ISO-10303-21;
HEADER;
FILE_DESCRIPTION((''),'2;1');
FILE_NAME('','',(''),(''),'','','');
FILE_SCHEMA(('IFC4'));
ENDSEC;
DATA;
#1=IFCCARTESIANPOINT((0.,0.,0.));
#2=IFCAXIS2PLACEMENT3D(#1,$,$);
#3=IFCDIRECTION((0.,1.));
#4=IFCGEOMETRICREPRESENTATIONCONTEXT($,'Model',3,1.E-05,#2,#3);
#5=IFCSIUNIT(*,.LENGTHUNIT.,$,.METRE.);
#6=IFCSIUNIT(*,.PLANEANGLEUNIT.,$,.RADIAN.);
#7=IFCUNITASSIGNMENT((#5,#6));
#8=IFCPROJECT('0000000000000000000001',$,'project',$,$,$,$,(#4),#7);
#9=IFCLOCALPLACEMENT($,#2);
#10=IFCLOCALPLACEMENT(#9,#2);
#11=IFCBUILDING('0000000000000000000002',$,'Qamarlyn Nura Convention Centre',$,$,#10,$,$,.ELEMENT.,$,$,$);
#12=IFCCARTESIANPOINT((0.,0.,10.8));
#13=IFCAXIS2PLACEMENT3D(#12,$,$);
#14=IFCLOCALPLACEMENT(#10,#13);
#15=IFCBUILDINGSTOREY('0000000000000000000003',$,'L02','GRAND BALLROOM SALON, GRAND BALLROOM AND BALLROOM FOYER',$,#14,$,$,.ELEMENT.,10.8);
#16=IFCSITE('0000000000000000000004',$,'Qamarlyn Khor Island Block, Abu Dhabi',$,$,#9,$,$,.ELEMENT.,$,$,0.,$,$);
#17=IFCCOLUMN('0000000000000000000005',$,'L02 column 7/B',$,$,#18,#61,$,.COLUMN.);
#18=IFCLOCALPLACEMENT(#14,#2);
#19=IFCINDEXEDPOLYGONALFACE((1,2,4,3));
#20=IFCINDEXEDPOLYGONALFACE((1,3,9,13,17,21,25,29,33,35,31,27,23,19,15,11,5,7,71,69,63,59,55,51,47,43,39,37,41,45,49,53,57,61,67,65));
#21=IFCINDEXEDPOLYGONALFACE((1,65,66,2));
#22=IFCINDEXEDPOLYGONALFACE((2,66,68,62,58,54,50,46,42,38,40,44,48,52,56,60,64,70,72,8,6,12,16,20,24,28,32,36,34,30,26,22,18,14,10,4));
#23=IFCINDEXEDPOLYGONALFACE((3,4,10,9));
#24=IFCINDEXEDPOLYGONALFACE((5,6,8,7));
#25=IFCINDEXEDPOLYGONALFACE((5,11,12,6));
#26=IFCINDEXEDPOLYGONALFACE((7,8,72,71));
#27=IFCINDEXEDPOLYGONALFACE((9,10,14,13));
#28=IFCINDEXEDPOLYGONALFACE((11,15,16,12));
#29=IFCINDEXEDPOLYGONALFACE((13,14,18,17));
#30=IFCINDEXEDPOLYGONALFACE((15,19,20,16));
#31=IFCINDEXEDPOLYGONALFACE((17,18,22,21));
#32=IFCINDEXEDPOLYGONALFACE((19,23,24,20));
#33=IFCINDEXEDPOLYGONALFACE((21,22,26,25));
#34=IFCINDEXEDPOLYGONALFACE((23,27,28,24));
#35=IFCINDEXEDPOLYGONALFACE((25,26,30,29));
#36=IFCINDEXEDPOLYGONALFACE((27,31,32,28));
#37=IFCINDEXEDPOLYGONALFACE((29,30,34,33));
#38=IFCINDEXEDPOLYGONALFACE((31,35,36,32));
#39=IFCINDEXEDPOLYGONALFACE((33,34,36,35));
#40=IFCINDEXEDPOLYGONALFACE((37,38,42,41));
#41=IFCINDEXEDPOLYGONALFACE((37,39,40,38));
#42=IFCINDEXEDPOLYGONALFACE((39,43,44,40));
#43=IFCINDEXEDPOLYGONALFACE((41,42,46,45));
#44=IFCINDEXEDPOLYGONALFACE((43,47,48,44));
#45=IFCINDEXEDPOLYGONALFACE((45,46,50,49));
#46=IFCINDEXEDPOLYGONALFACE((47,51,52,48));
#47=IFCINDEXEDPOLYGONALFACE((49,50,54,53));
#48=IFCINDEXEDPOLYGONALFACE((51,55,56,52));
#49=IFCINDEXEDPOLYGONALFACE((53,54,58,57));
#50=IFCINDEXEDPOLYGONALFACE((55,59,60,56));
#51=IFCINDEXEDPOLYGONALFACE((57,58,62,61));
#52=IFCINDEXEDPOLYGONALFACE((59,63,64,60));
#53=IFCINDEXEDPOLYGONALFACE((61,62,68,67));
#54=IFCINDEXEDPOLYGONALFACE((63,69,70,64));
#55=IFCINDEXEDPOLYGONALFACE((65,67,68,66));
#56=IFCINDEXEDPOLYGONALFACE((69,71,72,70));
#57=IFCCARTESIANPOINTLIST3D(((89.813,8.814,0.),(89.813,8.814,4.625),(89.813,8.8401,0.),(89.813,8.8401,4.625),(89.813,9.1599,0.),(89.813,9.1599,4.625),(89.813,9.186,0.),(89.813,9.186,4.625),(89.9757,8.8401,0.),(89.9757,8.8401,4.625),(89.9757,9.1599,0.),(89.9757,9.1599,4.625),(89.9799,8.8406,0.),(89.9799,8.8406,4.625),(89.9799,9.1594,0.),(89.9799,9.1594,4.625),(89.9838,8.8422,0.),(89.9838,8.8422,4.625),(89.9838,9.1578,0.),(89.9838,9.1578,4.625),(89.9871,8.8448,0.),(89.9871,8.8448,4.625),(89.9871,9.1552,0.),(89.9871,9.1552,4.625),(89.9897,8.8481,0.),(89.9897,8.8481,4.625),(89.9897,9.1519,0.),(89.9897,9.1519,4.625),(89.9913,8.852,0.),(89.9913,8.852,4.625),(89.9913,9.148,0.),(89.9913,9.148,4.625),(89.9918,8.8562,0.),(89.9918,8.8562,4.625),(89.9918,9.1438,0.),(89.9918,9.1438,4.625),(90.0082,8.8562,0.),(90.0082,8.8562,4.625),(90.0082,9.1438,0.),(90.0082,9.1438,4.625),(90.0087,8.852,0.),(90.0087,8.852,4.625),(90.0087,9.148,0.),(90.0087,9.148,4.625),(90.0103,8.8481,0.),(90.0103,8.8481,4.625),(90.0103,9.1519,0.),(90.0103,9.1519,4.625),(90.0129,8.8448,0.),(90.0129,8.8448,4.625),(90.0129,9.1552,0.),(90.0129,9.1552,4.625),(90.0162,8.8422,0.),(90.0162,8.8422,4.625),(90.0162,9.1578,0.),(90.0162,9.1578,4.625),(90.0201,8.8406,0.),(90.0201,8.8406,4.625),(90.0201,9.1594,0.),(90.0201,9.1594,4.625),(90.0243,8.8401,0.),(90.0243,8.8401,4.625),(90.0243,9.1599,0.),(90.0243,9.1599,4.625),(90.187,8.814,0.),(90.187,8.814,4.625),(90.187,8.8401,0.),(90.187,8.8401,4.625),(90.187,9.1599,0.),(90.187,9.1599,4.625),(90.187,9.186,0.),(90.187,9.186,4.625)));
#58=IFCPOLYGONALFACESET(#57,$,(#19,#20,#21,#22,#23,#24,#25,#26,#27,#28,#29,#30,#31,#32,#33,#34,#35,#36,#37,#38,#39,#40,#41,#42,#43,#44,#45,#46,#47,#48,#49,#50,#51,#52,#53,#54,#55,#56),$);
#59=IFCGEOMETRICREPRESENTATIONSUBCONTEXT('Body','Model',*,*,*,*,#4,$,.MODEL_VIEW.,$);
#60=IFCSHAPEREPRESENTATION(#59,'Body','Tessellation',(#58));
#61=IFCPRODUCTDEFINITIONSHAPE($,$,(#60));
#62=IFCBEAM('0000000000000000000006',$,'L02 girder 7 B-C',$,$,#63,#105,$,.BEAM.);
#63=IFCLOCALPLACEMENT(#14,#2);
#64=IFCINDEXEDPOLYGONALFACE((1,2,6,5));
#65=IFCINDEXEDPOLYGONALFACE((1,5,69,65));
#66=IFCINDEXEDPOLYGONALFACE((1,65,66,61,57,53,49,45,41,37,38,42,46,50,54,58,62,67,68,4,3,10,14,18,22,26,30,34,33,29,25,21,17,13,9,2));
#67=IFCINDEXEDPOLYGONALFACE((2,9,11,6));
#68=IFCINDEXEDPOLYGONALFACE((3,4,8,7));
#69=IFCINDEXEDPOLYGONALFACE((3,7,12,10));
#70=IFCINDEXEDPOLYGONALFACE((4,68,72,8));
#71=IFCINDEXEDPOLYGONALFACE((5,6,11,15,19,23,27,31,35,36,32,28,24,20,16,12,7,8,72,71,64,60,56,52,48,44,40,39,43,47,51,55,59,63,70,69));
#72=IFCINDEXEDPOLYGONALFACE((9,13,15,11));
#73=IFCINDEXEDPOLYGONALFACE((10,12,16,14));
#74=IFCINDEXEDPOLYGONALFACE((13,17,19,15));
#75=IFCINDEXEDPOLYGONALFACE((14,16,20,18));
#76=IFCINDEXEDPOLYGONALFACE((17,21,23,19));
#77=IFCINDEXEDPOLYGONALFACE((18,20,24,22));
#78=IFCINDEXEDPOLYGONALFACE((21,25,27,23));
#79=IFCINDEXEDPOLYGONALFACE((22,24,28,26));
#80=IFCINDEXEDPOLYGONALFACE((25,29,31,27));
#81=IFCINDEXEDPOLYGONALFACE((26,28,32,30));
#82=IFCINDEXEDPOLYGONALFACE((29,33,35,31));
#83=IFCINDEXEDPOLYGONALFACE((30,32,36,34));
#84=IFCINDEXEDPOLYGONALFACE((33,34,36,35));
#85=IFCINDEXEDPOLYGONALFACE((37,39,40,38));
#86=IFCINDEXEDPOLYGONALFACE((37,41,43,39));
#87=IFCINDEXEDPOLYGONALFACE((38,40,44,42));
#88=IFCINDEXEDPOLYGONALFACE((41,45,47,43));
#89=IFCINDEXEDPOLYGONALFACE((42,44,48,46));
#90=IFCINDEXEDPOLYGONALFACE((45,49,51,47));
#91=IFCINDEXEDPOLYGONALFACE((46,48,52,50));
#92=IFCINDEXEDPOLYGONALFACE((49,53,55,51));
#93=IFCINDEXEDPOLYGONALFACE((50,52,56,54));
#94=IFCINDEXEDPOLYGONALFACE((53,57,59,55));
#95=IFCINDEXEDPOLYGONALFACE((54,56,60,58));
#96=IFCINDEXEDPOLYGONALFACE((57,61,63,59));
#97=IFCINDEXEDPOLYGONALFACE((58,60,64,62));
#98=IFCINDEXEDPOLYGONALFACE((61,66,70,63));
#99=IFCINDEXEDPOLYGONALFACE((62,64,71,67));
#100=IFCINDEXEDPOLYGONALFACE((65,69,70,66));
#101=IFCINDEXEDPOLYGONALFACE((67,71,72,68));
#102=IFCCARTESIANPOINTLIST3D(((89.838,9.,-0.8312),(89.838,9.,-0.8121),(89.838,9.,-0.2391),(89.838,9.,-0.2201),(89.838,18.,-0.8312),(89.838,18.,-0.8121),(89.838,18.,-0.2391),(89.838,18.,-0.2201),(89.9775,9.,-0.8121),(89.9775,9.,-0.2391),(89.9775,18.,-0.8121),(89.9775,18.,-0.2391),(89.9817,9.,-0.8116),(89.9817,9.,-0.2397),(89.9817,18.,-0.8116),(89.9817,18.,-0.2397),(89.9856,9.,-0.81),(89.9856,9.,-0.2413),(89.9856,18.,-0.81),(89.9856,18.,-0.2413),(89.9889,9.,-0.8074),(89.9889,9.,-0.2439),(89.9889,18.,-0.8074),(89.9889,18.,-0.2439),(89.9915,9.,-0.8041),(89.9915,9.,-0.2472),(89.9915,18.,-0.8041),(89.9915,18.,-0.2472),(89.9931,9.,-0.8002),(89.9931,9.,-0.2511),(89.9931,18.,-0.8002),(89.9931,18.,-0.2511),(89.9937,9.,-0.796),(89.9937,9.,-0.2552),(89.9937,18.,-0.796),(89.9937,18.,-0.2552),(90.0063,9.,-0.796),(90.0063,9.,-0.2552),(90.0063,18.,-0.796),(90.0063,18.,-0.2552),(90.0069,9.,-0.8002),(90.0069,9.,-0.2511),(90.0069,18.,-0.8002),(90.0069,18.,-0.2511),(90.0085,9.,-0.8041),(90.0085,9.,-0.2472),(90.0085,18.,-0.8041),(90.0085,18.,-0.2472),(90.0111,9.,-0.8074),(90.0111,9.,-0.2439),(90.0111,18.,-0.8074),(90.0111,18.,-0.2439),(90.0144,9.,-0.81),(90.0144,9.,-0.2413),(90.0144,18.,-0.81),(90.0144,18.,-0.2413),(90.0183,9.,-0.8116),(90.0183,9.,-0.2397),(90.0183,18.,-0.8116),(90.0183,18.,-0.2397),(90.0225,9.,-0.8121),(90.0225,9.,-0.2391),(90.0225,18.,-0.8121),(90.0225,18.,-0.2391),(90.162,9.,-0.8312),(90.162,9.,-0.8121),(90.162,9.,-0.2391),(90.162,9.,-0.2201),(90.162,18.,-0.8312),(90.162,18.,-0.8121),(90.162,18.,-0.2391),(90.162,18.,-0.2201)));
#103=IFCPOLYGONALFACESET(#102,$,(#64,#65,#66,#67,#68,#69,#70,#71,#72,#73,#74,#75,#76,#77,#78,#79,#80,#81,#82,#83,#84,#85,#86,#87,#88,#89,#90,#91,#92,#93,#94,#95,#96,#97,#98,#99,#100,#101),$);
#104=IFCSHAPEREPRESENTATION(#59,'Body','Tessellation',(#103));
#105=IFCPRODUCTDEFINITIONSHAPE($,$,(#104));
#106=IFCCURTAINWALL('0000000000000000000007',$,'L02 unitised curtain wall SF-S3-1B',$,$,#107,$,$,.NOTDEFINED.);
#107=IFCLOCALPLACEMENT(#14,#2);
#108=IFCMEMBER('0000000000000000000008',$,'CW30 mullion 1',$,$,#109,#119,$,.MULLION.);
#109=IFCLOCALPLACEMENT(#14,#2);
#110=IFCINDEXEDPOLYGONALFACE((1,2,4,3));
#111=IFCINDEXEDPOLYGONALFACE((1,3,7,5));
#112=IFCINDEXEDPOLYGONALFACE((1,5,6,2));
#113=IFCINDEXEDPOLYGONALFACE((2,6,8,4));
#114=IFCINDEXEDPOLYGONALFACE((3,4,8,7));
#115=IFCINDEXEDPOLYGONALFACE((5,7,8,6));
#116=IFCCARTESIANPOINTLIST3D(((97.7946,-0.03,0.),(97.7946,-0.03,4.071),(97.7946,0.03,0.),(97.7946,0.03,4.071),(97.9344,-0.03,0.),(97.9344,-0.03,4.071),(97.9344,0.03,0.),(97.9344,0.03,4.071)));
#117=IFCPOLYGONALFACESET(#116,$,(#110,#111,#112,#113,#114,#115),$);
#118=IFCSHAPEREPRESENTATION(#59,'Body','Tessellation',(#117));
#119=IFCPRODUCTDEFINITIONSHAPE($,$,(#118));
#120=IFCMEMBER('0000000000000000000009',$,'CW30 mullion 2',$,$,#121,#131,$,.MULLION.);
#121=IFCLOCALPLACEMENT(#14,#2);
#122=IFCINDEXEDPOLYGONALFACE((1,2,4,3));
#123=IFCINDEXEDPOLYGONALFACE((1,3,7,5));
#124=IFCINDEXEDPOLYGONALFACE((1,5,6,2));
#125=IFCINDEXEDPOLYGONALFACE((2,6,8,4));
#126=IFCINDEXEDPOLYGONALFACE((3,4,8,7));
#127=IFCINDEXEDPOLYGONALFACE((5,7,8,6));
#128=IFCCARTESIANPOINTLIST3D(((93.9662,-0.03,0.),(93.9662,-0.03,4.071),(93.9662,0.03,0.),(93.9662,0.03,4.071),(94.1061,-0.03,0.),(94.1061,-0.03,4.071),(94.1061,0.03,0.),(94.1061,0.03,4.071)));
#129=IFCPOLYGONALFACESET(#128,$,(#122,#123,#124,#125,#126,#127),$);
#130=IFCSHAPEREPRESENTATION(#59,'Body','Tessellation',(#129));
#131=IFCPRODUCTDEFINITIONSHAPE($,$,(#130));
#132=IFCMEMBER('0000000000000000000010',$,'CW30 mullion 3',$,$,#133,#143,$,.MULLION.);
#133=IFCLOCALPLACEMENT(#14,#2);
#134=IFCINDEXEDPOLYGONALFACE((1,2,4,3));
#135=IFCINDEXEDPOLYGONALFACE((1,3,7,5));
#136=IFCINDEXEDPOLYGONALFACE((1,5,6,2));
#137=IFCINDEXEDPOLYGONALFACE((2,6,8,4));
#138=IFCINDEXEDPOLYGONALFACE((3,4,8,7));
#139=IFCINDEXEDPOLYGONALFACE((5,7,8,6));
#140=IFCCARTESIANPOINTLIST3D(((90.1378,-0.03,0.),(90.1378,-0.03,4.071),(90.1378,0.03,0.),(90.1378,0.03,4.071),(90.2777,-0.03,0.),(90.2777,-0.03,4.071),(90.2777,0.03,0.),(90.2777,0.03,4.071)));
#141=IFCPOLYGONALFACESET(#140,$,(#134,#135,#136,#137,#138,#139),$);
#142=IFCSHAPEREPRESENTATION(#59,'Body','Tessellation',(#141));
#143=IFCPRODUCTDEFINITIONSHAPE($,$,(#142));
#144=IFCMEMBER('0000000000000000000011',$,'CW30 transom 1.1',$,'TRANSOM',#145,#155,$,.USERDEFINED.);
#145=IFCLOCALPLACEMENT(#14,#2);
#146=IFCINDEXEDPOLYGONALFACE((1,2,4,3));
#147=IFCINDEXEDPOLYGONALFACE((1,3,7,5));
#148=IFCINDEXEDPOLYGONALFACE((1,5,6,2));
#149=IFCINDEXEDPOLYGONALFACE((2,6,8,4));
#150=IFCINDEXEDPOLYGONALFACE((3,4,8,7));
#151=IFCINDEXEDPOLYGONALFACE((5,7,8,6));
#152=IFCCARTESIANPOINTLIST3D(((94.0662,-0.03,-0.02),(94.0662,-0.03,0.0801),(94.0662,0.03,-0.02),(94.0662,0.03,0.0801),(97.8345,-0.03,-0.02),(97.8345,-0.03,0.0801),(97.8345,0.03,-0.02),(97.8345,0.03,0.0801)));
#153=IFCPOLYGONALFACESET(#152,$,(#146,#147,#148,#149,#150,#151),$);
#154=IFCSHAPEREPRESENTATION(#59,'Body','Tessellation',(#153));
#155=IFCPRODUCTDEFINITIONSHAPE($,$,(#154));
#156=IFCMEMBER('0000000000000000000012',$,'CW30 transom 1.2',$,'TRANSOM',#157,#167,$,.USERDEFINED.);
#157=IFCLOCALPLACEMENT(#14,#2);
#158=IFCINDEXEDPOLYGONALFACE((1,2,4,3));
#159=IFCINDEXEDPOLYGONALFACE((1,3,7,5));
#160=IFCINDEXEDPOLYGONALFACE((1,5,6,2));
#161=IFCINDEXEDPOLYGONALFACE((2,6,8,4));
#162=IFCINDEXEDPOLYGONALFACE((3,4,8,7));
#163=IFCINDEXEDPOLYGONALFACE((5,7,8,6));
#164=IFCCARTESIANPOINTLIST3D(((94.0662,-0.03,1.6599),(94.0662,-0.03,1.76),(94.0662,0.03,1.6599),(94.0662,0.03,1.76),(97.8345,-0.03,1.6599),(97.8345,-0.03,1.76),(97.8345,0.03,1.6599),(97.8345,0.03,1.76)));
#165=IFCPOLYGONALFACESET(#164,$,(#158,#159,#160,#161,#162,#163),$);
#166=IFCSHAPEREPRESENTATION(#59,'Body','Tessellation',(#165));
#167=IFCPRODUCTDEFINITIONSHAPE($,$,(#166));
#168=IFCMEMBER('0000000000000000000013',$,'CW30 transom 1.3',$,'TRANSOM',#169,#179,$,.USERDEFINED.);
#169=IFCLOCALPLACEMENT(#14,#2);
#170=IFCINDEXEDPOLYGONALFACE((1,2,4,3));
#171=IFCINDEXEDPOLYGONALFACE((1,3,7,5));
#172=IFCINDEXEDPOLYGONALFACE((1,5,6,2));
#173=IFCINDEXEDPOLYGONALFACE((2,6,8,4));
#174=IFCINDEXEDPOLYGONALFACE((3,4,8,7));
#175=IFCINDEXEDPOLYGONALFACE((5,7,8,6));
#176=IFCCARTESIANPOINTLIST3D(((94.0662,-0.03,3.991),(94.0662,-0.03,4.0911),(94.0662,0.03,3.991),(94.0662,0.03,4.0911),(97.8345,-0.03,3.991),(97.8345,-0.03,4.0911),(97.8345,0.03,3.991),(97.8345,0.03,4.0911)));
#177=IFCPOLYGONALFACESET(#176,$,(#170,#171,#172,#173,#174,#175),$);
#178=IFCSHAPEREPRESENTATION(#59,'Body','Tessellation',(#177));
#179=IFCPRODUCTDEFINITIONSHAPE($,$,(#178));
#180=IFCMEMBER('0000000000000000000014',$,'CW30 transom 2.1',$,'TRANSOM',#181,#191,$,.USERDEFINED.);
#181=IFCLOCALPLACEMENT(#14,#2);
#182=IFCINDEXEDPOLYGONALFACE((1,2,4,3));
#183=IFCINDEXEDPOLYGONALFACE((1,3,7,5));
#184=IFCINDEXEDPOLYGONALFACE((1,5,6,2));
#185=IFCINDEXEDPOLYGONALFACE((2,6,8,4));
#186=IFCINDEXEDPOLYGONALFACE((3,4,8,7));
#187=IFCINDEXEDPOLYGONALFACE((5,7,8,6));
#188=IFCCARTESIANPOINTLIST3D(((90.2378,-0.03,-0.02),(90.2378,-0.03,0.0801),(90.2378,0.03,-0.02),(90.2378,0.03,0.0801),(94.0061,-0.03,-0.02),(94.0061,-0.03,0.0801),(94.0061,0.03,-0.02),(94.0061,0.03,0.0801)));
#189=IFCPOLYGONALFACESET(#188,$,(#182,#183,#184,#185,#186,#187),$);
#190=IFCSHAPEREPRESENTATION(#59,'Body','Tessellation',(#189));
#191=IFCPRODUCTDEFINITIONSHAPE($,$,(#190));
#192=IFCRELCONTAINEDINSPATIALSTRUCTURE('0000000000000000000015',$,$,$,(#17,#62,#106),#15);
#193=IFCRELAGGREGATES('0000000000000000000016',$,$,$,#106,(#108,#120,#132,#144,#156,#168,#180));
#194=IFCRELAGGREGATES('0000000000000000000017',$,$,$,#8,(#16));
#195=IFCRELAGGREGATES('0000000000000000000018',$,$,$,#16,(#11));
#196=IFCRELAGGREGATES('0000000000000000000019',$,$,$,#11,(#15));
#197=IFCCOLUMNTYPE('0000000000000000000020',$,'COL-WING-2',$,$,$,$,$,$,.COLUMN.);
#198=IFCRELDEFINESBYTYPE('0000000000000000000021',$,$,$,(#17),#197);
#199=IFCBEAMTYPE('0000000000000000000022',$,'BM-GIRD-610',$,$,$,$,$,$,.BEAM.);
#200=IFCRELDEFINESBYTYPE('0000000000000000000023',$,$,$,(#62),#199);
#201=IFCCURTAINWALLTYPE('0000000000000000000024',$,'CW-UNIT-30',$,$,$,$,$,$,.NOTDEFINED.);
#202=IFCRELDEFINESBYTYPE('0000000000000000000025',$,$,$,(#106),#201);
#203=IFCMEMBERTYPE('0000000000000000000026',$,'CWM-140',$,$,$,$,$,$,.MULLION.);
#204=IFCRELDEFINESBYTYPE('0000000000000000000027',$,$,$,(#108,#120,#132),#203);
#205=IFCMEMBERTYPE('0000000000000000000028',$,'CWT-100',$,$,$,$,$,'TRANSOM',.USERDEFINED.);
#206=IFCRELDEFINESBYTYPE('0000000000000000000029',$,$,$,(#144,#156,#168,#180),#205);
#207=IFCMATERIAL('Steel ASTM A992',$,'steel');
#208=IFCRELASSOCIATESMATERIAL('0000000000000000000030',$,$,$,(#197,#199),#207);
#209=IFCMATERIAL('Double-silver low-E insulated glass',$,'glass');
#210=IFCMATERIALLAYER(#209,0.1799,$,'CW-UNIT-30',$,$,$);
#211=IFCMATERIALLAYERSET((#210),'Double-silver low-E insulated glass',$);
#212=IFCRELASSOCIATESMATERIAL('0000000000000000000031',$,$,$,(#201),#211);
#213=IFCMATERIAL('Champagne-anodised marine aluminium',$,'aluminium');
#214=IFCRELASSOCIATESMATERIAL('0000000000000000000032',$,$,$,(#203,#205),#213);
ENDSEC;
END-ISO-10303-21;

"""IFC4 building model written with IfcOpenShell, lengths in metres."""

from ifc_helpers import new_model, si_unit, direction, frame, origin, origin_2d, place, context, subcontext, project, spatial, rectangle, i_section, extrude, material, layer, layer_set, material_profile, profile_set, type_object, element, aggregate, save


model = new_model("IFC4")

# Units and contexts
model_context = context("Model", 3, precision=1e-05, world=origin(), true_north=direction((0.0, 1.0)))
body_context = subcontext(model_context, "Body", "Model", "MODEL_VIEW")
ifc_project = project(units=[si_unit("LENGTHUNIT", "METRE"), si_unit("PLANEANGLEUNIT", "RADIAN")], contexts=[model_context])

# Site, building, storey
site_placement = place(None, origin())
site = spatial("IfcSite", under=ifc_project, at=site_placement, Name="Qamarlyn Khor Island Block, Abu Dhabi", CompositionType="ELEMENT", RefElevation=0.0)
building_placement = place(site_placement, origin())
building = spatial("IfcBuilding", under=site, at=building_placement, Name="Qamarlyn Nura Convention Centre", CompositionType="ELEMENT")
storey_placement = place(building_placement, frame((0.0, 0.0, 10.8)))
storey = spatial("IfcBuildingStorey", under=building, at=storey_placement, Name="L02", Description="GRAND BALLROOM SALON, GRAND BALLROOM AND BALLROOM FOYER", CompositionType="ELEMENT", Elevation=10.8)

# Column
ifc_material_1 = material(Name="Steel ASTM A992", Category="steel")
ifc_material_profile_1 = material_profile(ifc_material_1, i_section(OverallWidth=0.374, OverallDepth=0.3721, WebThickness=0.0164, FlangeThickness=0.0261, FilletRadius=0.0161, at=origin_2d()), Name="W360X196")
ifc_profile_set_1 = profile_set([ifc_material_profile_1], Name="Steel ASTM A992")
column_type = type_object("IfcColumnType", Name="COL-WING-2", PredefinedType="COLUMN", material=ifc_profile_set_1)
column_placement = place(storey_placement, frame((90.0, 9.0, 0.0), z_axis=(0.0, 0.0, 1.0), x_axis=(1.0, 0.0, 0.0)))
element("IfcColumn", 1, at=column_placement, inside=storey, type_object=column_type, Name="L02 column 7/B", PredefinedType="COLUMN", context=body_context, shape_type="SweptSolid", body=[
    extrude(i_section(OverallWidth=0.374, OverallDepth=0.3721, WebThickness=0.0164, FlangeThickness=0.0261, FilletRadius=0.0161, at=origin_2d()), origin(), (0.0, 0.0, 1.0), 4.625),
])

# Beam
ifc_material_profile_2 = material_profile(ifc_material_1, i_section(OverallWidth=0.324, OverallDepth=0.6111, WebThickness=0.0127, FlangeThickness=0.019, FilletRadius=0.0161, at=origin_2d()), Name="W610X155")
ifc_profile_set_2 = profile_set([ifc_material_profile_2], Name="Steel ASTM A992")
beam_type = type_object("IfcBeamType", Name="BM-GIRD-610", PredefinedType="BEAM", material=ifc_profile_set_2)
beam_placement = place(storey_placement, frame((90.0, 9.0, -0.5256), z_axis=(0.0, 1.0, 0.0), x_axis=(-1.0, 0.0, 0.0)))
element("IfcBeam", 2, at=beam_placement, inside=storey, type_object=beam_type, Name="L02 girder 7 B-C", PredefinedType="BEAM", context=body_context, shape_type="SweptSolid", body=[
    extrude(i_section(OverallWidth=0.324, OverallDepth=0.6111, WebThickness=0.0127, FlangeThickness=0.019, FilletRadius=0.0161, at=origin_2d()), origin(), (0.0, 0.0, 1.0), 9.0),
])

# Curtain wall, members
ifc_material_2 = material(Name="Double-silver low-E insulated glass", Category="glass")
ifc_layer_1 = layer(ifc_material_2, 0.1799, Name="CW-UNIT-30")
ifc_layer_set_1 = layer_set([ifc_layer_1], Name="Double-silver low-E insulated glass")
curtain_wall_type = type_object("IfcCurtainWallType", Name="CW-UNIT-30", PredefinedType="NOTDEFINED", material=ifc_layer_set_1)
curtain_wall_placement = place(storey_placement, origin())
curtain_wall = element("IfcCurtainWall", 3, at=curtain_wall_placement, inside=storey, type_object=curtain_wall_type, Name="L02 unitised curtain wall SF-S3-1B", PredefinedType="NOTDEFINED")
ifc_material_3 = material(Name="Champagne-anodised marine aluminium", Category="aluminium")
ifc_material_profile_3 = material_profile(ifc_material_3, rectangle(XDim=0.0601, YDim=0.1399, at=origin_2d()), Name="ALU MULLION 60x140")
ifc_profile_set_3 = profile_set([ifc_material_profile_3], Name="Champagne-anodised marine aluminium")
member_type_1 = type_object("IfcMemberType", Name="CWM-140", PredefinedType="MULLION", material=ifc_profile_set_3)
member_1_placement = place(storey_placement, frame((97.8645, 0.0, 0.0), z_axis=(0.0, 0.0, 1.0), x_axis=(0.0, -1.0, 0.0)))
member_1 = element("IfcMember", 4, at=member_1_placement, type_object=member_type_1, Name="CW30 mullion 1", PredefinedType="MULLION", context=body_context, shape_type="SweptSolid", body=[
    extrude(rectangle(XDim=0.0601, YDim=0.1399, at=origin_2d()), origin(), (0.0, 0.0, 1.0), 4.071),
])
member_2_placement = place(storey_placement, frame((94.0361, 0.0, 0.0), z_axis=(0.0, 0.0, 1.0), x_axis=(0.0, -1.0, 0.0)))
member_2 = element("IfcMember", 5, at=member_2_placement, type_object=member_type_1, Name="CW30 mullion 2", PredefinedType="MULLION", context=body_context, shape_type="SweptSolid", body=[
    extrude(rectangle(XDim=0.0601, YDim=0.1399, at=origin_2d()), origin(), (0.0, 0.0, 1.0), 4.071),
])
member_3_placement = place(storey_placement, frame((90.2078, 0.0, 0.0), z_axis=(0.0, 0.0, 1.0), x_axis=(0.0, -1.0, 0.0)))
member_3 = element("IfcMember", 6, at=member_3_placement, type_object=member_type_1, Name="CW30 mullion 3", PredefinedType="MULLION", context=body_context, shape_type="SweptSolid", body=[
    extrude(rectangle(XDim=0.0601, YDim=0.1399, at=origin_2d()), origin(), (0.0, 0.0, 1.0), 4.071),
])
ifc_material_profile_4 = material_profile(ifc_material_3, rectangle(XDim=0.0601, YDim=0.1001, at=origin_2d()), Name="ALU TRANSOM 60x100")
ifc_profile_set_4 = profile_set([ifc_material_profile_4], Name="Champagne-anodised marine aluminium")
member_type_2 = type_object("IfcMemberType", Name="CWT-100", ElementType="TRANSOM", PredefinedType="USERDEFINED", material=ifc_profile_set_4)
member_4_placement = place(storey_placement, frame((97.8345, 0.0, 0.03), z_axis=(-1.0, 0.0, 0.0), x_axis=(0.0, -1.0, 0.0)))
member_4 = element("IfcMember", 7, at=member_4_placement, type_object=member_type_2, Name="CW30 transom 1.1", ObjectType="TRANSOM", PredefinedType="USERDEFINED", context=body_context, shape_type="SweptSolid", body=[
    extrude(rectangle(XDim=0.0601, YDim=0.1001, at=origin_2d()), origin(), (0.0, 0.0, 1.0), 3.7683),
])
member_5_placement = place(storey_placement, frame((97.8345, 0.0, 1.71), z_axis=(-1.0, 0.0, 0.0), x_axis=(0.0, -1.0, 0.0)))
member_5 = element("IfcMember", 8, at=member_5_placement, type_object=member_type_2, Name="CW30 transom 1.2", ObjectType="TRANSOM", PredefinedType="USERDEFINED", context=body_context, shape_type="SweptSolid", body=[
    extrude(rectangle(XDim=0.0601, YDim=0.1001, at=origin_2d()), origin(), (0.0, 0.0, 1.0), 3.7683),
])
member_6_placement = place(storey_placement, frame((97.8345, 0.0, 4.041), z_axis=(-1.0, 0.0, 0.0), x_axis=(0.0, -1.0, 0.0)))
member_6 = element("IfcMember", 9, at=member_6_placement, type_object=member_type_2, Name="CW30 transom 1.3", ObjectType="TRANSOM", PredefinedType="USERDEFINED", context=body_context, shape_type="SweptSolid", body=[
    extrude(rectangle(XDim=0.0601, YDim=0.1001, at=origin_2d()), origin(), (0.0, 0.0, 1.0), 3.7683),
])
member_7_placement = place(storey_placement, frame((94.0061, 0.0, 0.03), z_axis=(-1.0, 0.0, 0.0), x_axis=(0.0, -1.0, 0.0)))
member_7 = element("IfcMember", 10, at=member_7_placement, type_object=member_type_2, Name="CW30 transom 2.1", ObjectType="TRANSOM", PredefinedType="USERDEFINED", context=body_context, shape_type="SweptSolid", body=[
    extrude(rectangle(XDim=0.0601, YDim=0.1001, at=origin_2d()), origin(), (0.0, 0.0, 1.0), 3.7683),
])
aggregate(curtain_wall, [member_1, member_2, member_3, member_4, member_5, member_6, member_7])

save(model, "model.ifc")
